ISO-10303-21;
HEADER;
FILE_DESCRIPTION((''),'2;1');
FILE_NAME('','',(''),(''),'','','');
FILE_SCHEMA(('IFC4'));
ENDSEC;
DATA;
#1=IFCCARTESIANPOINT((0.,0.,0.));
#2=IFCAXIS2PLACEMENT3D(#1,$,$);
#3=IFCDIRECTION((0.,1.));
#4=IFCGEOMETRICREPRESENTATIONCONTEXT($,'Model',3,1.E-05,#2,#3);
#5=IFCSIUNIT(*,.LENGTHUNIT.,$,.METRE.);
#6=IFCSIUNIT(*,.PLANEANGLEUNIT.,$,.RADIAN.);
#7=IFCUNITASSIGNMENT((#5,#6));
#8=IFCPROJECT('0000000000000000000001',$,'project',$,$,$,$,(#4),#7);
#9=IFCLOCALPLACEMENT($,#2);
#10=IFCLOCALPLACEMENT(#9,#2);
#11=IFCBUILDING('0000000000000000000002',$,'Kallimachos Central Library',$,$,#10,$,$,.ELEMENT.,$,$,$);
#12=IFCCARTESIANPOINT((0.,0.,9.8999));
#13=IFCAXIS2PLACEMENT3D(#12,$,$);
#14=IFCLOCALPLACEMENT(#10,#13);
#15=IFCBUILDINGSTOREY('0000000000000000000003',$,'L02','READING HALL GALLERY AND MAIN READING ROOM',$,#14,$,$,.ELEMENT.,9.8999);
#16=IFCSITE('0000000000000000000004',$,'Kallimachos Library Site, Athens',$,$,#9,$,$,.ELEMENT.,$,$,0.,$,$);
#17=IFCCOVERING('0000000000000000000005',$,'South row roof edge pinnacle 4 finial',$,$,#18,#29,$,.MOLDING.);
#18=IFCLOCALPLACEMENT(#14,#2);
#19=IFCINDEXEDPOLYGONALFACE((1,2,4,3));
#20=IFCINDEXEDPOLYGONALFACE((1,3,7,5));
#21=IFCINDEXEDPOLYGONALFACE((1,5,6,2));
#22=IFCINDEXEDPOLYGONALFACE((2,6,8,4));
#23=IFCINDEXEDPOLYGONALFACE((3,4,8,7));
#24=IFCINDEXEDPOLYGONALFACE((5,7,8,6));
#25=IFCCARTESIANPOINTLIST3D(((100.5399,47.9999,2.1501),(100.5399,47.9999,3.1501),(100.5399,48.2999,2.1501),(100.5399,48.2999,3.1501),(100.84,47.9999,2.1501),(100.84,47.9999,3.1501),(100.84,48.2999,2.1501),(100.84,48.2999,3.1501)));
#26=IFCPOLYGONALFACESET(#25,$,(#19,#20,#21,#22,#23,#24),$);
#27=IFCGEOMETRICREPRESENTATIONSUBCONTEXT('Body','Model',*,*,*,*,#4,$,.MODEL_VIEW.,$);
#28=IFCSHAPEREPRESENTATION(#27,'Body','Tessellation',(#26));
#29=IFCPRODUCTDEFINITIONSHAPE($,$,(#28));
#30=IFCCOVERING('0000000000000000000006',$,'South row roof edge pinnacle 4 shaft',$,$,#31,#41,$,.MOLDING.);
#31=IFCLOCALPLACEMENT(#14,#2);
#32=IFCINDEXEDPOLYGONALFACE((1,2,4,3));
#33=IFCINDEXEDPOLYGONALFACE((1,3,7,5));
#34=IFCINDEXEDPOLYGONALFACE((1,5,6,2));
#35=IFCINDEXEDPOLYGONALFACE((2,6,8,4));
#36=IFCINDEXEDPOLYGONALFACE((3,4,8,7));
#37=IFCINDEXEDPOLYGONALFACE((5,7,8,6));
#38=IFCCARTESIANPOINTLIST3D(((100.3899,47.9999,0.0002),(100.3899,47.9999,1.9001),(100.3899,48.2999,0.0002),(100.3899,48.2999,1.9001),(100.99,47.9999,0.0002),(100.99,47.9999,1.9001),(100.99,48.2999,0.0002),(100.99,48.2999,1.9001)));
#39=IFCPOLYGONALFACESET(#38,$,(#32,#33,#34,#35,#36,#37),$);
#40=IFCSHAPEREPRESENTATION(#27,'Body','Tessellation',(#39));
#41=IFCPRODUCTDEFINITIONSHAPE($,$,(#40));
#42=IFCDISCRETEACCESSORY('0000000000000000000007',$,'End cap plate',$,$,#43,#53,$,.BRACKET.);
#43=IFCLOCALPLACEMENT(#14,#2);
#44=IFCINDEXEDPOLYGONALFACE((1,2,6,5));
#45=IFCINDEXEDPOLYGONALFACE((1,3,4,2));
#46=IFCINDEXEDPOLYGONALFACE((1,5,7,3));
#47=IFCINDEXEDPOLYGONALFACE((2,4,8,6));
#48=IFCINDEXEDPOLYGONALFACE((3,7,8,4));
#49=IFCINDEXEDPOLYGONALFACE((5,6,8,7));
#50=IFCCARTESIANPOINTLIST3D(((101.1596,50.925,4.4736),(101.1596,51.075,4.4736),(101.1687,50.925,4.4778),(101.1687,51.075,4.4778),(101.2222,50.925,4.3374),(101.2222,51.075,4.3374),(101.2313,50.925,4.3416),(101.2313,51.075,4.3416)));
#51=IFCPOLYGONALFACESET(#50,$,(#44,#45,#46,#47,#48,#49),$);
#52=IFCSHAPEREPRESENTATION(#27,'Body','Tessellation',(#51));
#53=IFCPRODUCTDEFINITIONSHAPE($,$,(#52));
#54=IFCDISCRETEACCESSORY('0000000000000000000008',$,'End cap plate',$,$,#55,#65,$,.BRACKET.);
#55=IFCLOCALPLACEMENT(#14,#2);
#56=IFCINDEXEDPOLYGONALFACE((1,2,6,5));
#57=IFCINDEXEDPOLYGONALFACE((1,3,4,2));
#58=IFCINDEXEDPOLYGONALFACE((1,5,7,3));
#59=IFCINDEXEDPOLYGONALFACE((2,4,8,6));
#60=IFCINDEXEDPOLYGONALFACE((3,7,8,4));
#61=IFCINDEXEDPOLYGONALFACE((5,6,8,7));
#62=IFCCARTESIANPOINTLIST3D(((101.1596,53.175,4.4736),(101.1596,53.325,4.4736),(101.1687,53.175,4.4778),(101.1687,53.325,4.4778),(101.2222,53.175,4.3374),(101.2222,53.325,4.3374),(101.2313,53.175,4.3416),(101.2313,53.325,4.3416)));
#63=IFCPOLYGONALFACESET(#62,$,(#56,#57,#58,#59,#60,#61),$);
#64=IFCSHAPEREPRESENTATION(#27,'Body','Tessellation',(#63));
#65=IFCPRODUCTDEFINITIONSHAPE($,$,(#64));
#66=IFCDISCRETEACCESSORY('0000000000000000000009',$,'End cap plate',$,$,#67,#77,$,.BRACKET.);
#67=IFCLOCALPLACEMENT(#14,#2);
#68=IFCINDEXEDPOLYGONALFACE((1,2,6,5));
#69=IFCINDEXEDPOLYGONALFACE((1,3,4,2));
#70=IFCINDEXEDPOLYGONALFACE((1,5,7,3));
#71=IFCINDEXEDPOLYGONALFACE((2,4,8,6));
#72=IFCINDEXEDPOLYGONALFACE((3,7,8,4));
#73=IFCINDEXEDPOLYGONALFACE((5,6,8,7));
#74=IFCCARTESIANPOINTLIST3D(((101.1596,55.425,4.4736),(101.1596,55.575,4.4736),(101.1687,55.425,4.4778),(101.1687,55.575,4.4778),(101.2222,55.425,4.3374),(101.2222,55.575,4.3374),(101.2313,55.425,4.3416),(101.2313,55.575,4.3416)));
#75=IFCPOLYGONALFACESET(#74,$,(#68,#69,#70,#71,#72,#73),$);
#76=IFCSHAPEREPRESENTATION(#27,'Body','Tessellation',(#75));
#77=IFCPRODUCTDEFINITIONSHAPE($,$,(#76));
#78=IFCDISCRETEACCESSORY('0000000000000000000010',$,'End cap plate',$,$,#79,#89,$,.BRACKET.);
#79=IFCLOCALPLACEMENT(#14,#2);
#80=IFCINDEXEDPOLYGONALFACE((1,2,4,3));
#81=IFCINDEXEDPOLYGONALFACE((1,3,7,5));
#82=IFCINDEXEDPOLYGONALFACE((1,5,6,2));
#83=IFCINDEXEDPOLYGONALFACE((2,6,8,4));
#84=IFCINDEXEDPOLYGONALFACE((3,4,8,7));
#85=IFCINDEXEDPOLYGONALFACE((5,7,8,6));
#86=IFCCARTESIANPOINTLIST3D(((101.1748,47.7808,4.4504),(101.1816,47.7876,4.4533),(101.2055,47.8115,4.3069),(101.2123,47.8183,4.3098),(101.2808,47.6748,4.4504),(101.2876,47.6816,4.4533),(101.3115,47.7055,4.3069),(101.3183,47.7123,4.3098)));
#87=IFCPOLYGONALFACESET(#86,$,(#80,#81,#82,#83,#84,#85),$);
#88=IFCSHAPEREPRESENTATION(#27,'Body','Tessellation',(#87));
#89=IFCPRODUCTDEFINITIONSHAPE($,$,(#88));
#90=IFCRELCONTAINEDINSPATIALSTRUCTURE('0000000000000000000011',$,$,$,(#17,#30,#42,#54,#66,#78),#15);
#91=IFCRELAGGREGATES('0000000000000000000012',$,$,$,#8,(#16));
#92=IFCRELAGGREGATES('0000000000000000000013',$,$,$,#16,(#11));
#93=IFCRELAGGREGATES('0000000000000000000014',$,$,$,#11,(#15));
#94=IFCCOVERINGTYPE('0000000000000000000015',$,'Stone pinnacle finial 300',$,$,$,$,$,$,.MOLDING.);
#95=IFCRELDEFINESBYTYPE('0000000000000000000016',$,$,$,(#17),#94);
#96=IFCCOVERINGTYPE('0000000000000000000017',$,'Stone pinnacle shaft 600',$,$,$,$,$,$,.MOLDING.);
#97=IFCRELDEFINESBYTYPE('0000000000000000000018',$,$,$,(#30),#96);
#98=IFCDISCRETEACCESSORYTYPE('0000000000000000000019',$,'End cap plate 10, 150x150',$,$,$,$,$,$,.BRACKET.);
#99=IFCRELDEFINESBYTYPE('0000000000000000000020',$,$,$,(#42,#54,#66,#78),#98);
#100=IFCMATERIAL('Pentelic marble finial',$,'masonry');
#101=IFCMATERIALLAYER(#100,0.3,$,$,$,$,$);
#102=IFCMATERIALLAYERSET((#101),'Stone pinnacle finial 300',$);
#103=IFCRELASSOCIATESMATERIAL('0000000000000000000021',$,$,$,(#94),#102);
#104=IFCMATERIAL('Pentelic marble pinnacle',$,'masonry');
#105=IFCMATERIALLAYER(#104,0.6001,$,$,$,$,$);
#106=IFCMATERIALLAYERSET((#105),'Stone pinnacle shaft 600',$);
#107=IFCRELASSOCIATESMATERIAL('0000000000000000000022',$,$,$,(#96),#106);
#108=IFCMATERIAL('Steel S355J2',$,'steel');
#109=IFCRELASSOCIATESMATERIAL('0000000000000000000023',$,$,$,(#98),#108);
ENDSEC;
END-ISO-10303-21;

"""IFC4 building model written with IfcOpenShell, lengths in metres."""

from ifc_helpers import new_model, si_unit, direction, frame, origin, origin_2d, place, context, subcontext, project, spatial, rectangle, extrude, material, layer, layer_set, material_profile, profile_set, type_object, element, save


model = new_model("IFC4")

# Units and contexts
model_context = context("Model", 3, precision=1e-05, world=origin(), true_north=direction((0.0, 1.0)))
body_context = subcontext(model_context, "Body", "Model", "MODEL_VIEW")
ifc_project = project(units=[si_unit("LENGTHUNIT", "METRE"), si_unit("PLANEANGLEUNIT", "RADIAN")], contexts=[model_context])

# Site, building, storey
site_placement = place(None, origin())
site = spatial("IfcSite", under=ifc_project, at=site_placement, Name="Kallimachos Library Site, Athens", CompositionType="ELEMENT", RefElevation=0.0)
building_placement = place(site_placement, origin())
building = spatial("IfcBuilding", under=site, at=building_placement, Name="Kallimachos Central Library", CompositionType="ELEMENT")
storey_placement = place(building_placement, frame((0.0, 0.0, 9.8999)))
storey = spatial("IfcBuildingStorey", under=building, at=storey_placement, Name="L02", Description="READING HALL GALLERY AND MAIN READING ROOM", CompositionType="ELEMENT", Elevation=9.8999)

# Coverings
ifc_material_1 = material(Name="Pentelic marble finial", Category="masonry")
ifc_layer_1 = layer(ifc_material_1, 0.3)
ifc_layer_set_1 = layer_set([ifc_layer_1], Name="Stone pinnacle finial 300")
covering_type_1 = type_object("IfcCoveringType", Name="Stone pinnacle finial 300", PredefinedType="MOLDING", material=ifc_layer_set_1)
covering_1_placement = place(storey_placement, frame((100.6899, 48.1499, 2.1501), z_axis=(0.0, 0.0, 1.0), x_axis=(1.0, 0.0, 0.0)))
element("IfcCovering", 1, at=covering_1_placement, inside=storey, type_object=covering_type_1, Name="South row roof edge pinnacle 4 finial", PredefinedType="MOLDING", context=body_context, shape_type="SweptSolid", body=[
    extrude(rectangle(XDim=0.3, YDim=0.3, at=origin_2d()), origin(), (0.0, 0.0, 1.0), 1.0),
])
ifc_material_2 = material(Name="Pentelic marble pinnacle", Category="masonry")
ifc_layer_2 = layer(ifc_material_2, 0.6001)
ifc_layer_set_2 = layer_set([ifc_layer_2], Name="Stone pinnacle shaft 600")
covering_type_2 = type_object("IfcCoveringType", Name="Stone pinnacle shaft 600", PredefinedType="MOLDING", material=ifc_layer_set_2)
covering_2_placement = place(storey_placement, frame((100.6899, 48.1499, 0.0002), z_axis=(0.0, 0.0, 1.0), x_axis=(1.0, 0.0, 0.0)))
element("IfcCovering", 2, at=covering_2_placement, inside=storey, type_object=covering_type_2, Name="South row roof edge pinnacle 4 shaft", PredefinedType="MOLDING", context=body_context, shape_type="SweptSolid", body=[
    extrude(rectangle(XDim=0.6001, YDim=0.3, at=origin_2d()), origin(), (0.0, 0.0, 1.0), 1.8999),
])

# Discrete accessories
ifc_material_3 = material(Name="Steel S355J2", Category="steel")
ifc_material_profile_1 = material_profile(ifc_material_3, rectangle(XDim=0.1499, YDim=0.1499, at=origin_2d()), Name="End cap plate 10, 150x150")
ifc_profile_set_1 = profile_set([ifc_material_profile_1], Name="Steel S355J2")
discrete_accessory_type = type_object("IfcDiscreteAccessoryType", Name="End cap plate 10, 150x150", PredefinedType="BRACKET", material=ifc_profile_set_1)
for number, where, z_axis, x_axis, name in (
    (3, (101.1909, 51.0, 4.4055), (0.908677, 0.0, 0.4175), (0.0, 1.0, 0.0), "End cap plate"),
    (4, (101.1909, 53.25, 4.4055), (0.908677, 0.0, 0.4175), (0.0, 1.0, 0.0), "End cap plate"),
    (5, (101.1909, 55.5, 4.4055), (0.908677, 0.0, 0.4175), (0.0, 1.0, 0.0), "End cap plate"),
    (6, (101.2432, 47.7432, 4.3787), (0.676716, 0.676716, 0.290021), (-0.707107, 0.707107, 0.0), "End cap plate"),
):
    element("IfcDiscreteAccessory", number, at=place(storey_placement, frame(where, z_axis=z_axis, x_axis=x_axis)), inside=storey, type_object=discrete_accessory_type, Name=name, PredefinedType="BRACKET", context=body_context, shape_type="SweptSolid", body=[
        extrude(rectangle(XDim=0.1499, YDim=0.1499, at=origin_2d()), origin(), (0.0, 0.0, 1.0), 0.01),
    ])

save(model, "model.ifc")
